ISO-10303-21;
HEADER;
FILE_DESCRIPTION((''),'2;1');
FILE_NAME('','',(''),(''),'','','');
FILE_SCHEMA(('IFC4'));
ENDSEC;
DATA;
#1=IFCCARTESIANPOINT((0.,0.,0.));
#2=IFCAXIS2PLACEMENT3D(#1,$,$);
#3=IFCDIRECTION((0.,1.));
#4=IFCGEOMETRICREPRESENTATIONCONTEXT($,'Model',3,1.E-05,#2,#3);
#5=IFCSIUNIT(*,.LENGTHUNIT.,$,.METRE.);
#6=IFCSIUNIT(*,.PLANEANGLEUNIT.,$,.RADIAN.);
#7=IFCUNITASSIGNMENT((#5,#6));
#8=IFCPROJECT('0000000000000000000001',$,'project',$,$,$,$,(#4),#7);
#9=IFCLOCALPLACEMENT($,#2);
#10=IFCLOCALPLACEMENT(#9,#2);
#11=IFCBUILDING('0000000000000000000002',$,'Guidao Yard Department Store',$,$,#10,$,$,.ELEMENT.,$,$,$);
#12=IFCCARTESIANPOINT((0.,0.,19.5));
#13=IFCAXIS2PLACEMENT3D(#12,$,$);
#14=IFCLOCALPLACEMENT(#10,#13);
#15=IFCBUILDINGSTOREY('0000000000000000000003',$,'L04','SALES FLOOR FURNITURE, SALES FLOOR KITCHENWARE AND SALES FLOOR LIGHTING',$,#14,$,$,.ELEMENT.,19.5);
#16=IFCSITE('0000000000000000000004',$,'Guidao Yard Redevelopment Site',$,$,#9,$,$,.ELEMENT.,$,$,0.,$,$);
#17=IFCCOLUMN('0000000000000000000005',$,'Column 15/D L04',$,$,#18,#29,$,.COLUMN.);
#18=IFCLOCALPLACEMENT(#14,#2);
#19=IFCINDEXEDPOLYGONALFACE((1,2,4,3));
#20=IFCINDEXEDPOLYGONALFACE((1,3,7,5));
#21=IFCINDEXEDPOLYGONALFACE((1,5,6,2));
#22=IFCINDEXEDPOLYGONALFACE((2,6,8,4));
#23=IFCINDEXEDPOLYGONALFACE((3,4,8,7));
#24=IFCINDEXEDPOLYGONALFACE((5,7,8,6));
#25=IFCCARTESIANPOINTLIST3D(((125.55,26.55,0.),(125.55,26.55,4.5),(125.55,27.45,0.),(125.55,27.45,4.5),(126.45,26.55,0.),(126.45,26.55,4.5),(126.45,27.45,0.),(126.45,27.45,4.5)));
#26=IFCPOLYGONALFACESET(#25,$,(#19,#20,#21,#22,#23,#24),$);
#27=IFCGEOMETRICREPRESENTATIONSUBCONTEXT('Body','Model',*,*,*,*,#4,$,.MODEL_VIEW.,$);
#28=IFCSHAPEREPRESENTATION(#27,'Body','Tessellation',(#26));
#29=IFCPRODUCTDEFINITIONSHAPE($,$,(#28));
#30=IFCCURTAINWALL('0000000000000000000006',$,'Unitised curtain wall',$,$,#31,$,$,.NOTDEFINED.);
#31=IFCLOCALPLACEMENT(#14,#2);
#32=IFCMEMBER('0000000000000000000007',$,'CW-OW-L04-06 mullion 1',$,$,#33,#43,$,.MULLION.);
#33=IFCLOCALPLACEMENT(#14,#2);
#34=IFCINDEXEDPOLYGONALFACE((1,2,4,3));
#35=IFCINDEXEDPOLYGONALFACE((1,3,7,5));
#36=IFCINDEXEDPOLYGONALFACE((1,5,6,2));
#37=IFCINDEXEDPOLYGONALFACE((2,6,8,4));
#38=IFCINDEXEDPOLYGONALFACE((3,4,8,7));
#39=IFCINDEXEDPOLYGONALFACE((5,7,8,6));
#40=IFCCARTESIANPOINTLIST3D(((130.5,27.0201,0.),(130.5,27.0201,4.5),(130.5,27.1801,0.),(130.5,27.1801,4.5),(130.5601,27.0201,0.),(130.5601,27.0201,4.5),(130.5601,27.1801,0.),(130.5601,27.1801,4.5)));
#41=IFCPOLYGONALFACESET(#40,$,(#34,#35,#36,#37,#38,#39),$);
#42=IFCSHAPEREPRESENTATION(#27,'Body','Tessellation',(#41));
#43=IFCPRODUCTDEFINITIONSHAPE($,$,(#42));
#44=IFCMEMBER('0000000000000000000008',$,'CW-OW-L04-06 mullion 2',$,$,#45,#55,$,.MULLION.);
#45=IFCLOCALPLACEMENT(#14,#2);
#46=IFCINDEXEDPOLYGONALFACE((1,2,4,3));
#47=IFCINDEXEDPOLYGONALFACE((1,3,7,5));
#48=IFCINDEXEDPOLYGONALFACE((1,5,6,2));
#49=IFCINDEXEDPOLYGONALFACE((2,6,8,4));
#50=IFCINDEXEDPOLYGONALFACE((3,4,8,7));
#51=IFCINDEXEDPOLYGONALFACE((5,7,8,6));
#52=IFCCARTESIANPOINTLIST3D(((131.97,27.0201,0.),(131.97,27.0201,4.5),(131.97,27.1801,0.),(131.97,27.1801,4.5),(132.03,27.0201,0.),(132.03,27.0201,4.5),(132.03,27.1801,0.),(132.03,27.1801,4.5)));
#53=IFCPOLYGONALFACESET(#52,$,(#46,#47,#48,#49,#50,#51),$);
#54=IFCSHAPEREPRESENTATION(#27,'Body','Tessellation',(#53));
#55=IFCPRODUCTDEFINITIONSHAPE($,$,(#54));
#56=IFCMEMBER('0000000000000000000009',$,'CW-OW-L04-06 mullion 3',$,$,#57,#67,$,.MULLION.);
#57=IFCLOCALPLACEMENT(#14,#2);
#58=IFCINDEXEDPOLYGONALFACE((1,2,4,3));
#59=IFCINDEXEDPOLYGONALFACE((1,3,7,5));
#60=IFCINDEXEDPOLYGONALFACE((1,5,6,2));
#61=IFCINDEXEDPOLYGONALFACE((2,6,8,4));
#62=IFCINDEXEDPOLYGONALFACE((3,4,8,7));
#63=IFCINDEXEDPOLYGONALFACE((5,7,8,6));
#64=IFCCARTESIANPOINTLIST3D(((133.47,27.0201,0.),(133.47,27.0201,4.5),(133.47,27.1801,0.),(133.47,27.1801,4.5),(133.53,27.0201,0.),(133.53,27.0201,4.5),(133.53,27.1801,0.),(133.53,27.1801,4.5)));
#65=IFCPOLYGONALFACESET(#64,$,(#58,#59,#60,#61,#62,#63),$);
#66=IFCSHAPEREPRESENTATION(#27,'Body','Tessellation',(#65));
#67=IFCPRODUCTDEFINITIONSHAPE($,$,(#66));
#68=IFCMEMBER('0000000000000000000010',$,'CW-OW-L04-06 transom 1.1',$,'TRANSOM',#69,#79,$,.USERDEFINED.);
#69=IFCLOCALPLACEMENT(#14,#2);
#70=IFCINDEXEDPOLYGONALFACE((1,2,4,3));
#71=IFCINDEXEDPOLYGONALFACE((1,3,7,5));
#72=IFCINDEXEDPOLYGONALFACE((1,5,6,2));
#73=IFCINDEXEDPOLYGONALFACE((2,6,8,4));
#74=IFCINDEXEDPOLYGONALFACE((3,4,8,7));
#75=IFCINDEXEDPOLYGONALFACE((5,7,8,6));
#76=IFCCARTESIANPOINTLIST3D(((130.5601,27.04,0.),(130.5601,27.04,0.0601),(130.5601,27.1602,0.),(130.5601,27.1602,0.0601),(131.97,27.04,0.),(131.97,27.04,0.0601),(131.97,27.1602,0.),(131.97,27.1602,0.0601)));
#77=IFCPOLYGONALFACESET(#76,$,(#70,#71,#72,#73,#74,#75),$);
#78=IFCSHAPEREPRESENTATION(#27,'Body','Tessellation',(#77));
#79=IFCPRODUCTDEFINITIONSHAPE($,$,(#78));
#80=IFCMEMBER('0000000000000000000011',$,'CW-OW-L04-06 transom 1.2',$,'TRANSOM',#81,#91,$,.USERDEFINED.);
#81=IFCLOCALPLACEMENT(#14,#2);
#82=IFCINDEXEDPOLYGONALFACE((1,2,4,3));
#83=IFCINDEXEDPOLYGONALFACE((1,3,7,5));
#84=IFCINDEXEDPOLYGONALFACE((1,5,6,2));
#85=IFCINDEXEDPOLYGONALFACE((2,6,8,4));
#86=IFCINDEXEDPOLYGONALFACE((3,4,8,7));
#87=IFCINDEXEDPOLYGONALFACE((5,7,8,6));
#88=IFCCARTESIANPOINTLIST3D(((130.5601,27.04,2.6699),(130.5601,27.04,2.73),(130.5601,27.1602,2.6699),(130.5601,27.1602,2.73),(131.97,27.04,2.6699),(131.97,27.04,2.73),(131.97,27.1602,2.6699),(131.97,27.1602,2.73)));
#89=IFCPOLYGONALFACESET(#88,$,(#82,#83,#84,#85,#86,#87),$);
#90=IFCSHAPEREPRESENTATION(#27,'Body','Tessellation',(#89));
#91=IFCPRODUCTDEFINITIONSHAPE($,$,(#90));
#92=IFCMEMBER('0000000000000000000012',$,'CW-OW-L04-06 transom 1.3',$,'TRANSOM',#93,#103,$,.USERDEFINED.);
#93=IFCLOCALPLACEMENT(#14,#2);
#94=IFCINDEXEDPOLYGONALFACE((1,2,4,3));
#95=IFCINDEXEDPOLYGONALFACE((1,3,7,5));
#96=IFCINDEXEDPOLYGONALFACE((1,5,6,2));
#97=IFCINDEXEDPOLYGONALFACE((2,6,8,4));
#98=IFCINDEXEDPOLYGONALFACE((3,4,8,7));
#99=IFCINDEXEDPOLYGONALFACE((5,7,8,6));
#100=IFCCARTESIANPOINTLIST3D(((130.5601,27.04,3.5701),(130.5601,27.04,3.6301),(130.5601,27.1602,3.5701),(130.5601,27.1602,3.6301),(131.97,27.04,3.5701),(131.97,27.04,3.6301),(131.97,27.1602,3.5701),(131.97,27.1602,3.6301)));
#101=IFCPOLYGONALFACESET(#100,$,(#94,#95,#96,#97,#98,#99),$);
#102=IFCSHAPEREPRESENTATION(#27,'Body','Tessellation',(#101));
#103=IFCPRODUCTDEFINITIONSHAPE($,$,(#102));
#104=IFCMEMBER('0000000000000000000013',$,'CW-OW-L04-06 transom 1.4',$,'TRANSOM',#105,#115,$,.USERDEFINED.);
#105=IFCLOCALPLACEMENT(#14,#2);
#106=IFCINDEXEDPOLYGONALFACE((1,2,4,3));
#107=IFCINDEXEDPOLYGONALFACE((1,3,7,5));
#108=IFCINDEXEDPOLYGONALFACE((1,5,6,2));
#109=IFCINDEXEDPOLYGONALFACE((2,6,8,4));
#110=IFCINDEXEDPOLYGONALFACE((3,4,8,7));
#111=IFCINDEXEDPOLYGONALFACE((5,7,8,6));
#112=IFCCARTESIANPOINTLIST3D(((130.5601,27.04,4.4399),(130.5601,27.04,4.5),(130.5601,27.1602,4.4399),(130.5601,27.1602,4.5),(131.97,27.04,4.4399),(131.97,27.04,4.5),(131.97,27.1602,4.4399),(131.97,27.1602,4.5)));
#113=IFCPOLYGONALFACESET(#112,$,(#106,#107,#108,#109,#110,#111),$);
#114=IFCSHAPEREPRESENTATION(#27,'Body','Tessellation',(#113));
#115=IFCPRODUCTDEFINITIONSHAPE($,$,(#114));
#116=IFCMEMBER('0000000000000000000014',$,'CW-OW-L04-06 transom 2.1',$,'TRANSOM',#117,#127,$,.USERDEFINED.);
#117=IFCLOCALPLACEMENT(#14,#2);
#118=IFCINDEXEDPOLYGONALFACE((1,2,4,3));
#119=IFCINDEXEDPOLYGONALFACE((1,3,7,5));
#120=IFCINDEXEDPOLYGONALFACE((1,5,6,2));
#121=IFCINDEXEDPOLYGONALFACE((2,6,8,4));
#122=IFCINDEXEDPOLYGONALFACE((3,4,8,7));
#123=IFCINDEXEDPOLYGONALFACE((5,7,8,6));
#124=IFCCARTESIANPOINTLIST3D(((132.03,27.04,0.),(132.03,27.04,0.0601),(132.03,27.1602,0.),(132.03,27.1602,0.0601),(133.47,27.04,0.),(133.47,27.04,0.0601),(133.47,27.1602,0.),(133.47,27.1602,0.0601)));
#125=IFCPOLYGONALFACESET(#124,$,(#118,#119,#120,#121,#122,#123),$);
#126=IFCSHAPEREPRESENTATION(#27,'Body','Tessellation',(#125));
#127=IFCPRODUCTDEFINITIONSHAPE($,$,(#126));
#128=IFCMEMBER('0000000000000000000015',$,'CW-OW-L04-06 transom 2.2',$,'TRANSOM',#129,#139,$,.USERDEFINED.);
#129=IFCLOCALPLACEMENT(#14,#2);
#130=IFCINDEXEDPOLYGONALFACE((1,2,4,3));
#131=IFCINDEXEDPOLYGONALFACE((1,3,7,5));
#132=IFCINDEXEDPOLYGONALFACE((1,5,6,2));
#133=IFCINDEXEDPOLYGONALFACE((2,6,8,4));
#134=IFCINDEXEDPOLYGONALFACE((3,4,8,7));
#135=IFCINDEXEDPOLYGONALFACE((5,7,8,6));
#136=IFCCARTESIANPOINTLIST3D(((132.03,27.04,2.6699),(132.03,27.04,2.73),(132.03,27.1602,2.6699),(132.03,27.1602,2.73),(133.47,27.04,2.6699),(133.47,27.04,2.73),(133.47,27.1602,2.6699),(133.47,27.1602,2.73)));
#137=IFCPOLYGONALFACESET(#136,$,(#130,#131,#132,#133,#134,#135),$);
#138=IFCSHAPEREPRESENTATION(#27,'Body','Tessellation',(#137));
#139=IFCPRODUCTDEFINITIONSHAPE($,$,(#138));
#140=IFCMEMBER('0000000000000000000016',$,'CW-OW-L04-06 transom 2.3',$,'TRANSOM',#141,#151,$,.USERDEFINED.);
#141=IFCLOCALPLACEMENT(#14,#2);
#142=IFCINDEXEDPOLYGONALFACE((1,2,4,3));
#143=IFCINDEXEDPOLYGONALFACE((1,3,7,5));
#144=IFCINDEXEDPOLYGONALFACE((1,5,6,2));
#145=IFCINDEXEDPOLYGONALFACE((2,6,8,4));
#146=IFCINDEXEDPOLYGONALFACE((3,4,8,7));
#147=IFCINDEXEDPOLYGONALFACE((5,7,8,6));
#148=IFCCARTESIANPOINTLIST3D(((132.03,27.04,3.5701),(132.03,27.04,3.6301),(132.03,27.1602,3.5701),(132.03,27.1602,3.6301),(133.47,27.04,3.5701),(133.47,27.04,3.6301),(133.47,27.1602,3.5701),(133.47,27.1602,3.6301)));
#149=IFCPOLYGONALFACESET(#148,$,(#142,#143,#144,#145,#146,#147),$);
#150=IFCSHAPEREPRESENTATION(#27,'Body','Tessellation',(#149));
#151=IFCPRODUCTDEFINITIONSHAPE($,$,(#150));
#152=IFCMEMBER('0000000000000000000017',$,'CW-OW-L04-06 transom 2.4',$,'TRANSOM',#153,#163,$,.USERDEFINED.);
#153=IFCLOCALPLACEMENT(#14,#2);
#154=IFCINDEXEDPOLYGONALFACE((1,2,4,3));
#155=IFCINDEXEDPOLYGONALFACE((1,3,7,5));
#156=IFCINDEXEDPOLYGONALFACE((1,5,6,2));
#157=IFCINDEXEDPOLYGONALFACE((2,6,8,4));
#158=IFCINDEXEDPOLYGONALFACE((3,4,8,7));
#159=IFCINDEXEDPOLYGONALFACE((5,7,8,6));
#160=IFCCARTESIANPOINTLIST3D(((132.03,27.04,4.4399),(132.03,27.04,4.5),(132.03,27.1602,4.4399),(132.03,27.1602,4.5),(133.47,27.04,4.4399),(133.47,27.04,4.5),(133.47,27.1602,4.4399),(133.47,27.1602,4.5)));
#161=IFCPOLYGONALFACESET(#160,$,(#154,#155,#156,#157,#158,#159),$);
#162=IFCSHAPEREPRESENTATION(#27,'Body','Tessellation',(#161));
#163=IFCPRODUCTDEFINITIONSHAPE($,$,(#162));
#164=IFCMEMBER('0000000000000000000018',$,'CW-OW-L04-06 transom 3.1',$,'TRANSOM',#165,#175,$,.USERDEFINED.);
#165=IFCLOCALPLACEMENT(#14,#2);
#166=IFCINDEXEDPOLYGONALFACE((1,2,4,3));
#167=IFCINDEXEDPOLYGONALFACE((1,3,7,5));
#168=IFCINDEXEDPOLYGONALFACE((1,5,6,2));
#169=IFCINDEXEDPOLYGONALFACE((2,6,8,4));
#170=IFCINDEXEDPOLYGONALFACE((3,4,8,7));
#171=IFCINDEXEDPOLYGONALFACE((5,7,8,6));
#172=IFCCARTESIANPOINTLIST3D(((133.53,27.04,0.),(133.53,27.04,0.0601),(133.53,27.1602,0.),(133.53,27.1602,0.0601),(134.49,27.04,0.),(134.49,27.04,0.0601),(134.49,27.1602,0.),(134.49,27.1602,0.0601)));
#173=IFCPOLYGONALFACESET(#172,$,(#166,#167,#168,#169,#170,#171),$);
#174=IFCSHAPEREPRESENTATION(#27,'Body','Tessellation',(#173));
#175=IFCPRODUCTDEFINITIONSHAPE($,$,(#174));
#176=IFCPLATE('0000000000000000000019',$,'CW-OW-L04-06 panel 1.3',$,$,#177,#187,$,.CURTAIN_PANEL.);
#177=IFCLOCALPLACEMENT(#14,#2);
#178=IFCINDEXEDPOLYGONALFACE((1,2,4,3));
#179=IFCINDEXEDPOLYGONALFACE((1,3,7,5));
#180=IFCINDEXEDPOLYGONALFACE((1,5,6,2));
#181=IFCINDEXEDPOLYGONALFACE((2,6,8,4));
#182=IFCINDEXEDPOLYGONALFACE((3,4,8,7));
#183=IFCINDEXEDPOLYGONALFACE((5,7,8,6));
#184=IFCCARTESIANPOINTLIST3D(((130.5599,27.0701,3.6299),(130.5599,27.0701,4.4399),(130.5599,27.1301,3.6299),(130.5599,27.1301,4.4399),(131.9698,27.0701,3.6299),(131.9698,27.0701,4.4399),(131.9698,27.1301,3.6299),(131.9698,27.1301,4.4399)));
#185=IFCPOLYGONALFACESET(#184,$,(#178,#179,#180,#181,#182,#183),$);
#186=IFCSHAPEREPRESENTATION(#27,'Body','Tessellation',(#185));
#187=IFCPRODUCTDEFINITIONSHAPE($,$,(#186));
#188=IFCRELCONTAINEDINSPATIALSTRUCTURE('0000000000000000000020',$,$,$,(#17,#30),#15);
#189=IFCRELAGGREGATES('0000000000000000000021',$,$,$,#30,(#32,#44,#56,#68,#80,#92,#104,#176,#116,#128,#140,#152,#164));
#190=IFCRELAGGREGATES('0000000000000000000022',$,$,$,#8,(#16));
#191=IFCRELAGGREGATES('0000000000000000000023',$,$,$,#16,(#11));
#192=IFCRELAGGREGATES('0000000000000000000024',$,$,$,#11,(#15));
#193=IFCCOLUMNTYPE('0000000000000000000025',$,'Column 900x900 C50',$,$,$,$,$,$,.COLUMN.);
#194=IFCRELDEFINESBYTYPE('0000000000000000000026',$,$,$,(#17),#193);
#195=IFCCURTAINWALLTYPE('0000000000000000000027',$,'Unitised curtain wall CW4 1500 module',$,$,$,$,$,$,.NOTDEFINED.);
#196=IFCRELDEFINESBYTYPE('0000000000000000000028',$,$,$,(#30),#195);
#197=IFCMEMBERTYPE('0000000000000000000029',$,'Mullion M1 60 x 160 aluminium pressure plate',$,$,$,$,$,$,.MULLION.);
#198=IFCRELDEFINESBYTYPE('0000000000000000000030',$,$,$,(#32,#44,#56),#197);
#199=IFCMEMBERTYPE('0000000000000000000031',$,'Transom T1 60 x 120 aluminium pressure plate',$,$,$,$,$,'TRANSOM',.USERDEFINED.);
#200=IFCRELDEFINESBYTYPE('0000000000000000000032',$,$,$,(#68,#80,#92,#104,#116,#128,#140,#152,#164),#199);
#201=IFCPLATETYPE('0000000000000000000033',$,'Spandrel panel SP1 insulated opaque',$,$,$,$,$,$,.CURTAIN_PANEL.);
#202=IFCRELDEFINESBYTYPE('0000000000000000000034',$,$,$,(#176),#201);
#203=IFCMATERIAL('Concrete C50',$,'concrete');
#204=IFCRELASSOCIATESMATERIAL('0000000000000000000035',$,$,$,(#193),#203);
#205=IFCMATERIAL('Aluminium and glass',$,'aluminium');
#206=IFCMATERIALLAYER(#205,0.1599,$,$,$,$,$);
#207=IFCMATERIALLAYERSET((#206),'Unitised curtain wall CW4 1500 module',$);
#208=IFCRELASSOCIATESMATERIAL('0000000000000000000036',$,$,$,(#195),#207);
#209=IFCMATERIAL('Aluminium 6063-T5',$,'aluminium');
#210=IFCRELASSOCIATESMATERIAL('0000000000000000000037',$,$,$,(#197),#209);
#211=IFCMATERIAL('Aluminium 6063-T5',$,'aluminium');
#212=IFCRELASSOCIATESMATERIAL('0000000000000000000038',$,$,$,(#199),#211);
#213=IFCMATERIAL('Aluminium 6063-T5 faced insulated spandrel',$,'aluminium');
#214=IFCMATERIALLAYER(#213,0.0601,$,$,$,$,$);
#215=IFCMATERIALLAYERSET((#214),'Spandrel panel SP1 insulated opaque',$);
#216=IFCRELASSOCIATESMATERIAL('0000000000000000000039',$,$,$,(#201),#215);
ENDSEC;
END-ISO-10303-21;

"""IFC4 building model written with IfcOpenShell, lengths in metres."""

from ifc_helpers import new_model, si_unit, direction, frame, origin, origin_2d, place, context, subcontext, project, spatial, rectangle, extrude, material, layer, layer_set, material_profile, profile_set, type_object, element, aggregate, save


model = new_model("IFC4")

# Units and contexts
model_context = context("Model", 3, precision=1e-05, world=origin(), true_north=direction((0.0, 1.0)))
body_context = subcontext(model_context, "Body", "Model", "MODEL_VIEW")
ifc_project = project(units=[si_unit("LENGTHUNIT", "METRE"), si_unit("PLANEANGLEUNIT", "RADIAN")], contexts=[model_context])

# Site, building, storey
site_placement = place(None, origin())
site = spatial("IfcSite", under=ifc_project, at=site_placement, Name="Guidao Yard Redevelopment Site", CompositionType="ELEMENT", RefElevation=0.0)
building_placement = place(site_placement, origin())
building = spatial("IfcBuilding", under=site, at=building_placement, Name="Guidao Yard Department Store", CompositionType="ELEMENT")
storey_placement = place(building_placement, frame((0.0, 0.0, 19.5)))
storey = spatial("IfcBuildingStorey", under=building, at=storey_placement, Name="L04", Description="SALES FLOOR FURNITURE, SALES FLOOR KITCHENWARE AND SALES FLOOR LIGHTING", CompositionType="ELEMENT", Elevation=19.5)

# Column
ifc_material_1 = material(Name="Concrete C50", Category="concrete")
ifc_material_profile_1 = material_profile(ifc_material_1, rectangle(XDim=0.8999, YDim=0.8999, at=origin_2d()), Name="COL 900x900")
ifc_profile_set_1 = profile_set([ifc_material_profile_1], Name="Concrete C50")
column_type = type_object("IfcColumnType", Name="Column 900x900 C50", PredefinedType="COLUMN", material=ifc_profile_set_1)
column_placement = place(storey_placement, frame((126.0, 27.0, 0.0), z_axis=(0.0, 0.0, 1.0), x_axis=(1.0, 0.0, 0.0)))
element("IfcColumn", 1, at=column_placement, inside=storey, type_object=column_type, Name="Column 15/D L04", PredefinedType="COLUMN", context=body_context, shape_type="SweptSolid", body=[
    extrude(rectangle(XDim=0.8999, YDim=0.8999, at=origin_2d()), origin(), (0.0, 0.0, 1.0), 4.5),
])

# Curtain wall, members, plate
ifc_material_2 = material(Name="Aluminium and glass", Category="aluminium")
ifc_layer_1 = layer(ifc_material_2, 0.1599)
ifc_layer_set_1 = layer_set([ifc_layer_1], Name="Unitised curtain wall CW4 1500 module")
curtain_wall_type = type_object("IfcCurtainWallType", Name="Unitised curtain wall CW4 1500 module", PredefinedType="NOTDEFINED", material=ifc_layer_set_1)
curtain_wall_placement = place(storey_placement, origin())
curtain_wall = element("IfcCurtainWall", 2, at=curtain_wall_placement, inside=storey, type_object=curtain_wall_type, Name="Unitised curtain wall", PredefinedType="NOTDEFINED")
ifc_material_3 = material(Name="Aluminium 6063-T5", Category="aluminium")
ifc_material_profile_2 = material_profile(ifc_material_3, rectangle(XDim=0.0601, YDim=0.1599, at=origin_2d()), Name="Mullion M1 60 x 160 aluminium pressure plate")
ifc_profile_set_2 = profile_set([ifc_material_profile_2], Name="Aluminium 6063-T5")
member_type_1 = type_object("IfcMemberType", Name="Mullion M1 60 x 160 aluminium pressure plate", PredefinedType="MULLION", material=ifc_profile_set_2)
member_1_placement = place(storey_placement, frame((130.53, 27.1001, 0.0), z_axis=(0.0, 0.0, 1.0), x_axis=(1.0, 0.0, 0.0)))
member_1 = element("IfcMember", 3, at=member_1_placement, type_object=member_type_1, Name="CW-OW-L04-06 mullion 1", PredefinedType="MULLION", context=body_context, shape_type="SweptSolid", body=[
    extrude(rectangle(XDim=0.0601, YDim=0.1599, at=origin_2d()), origin(), (0.0, 0.0, 1.0), 4.5),
])
member_2_placement = place(storey_placement, frame((132.0, 27.1001, 0.0), z_axis=(0.0, 0.0, 1.0), x_axis=(1.0, 0.0, 0.0)))
member_2 = element("IfcMember", 4, at=member_2_placement, type_object=member_type_1, Name="CW-OW-L04-06 mullion 2", PredefinedType="MULLION", context=body_context, shape_type="SweptSolid", body=[
    extrude(rectangle(XDim=0.0601, YDim=0.1599, at=origin_2d()), origin(), (0.0, 0.0, 1.0), 4.5),
])
member_3_placement = place(storey_placement, frame((133.5, 27.1001, 0.0), z_axis=(0.0, 0.0, 1.0), x_axis=(1.0, 0.0, 0.0)))
member_3 = element("IfcMember", 5, at=member_3_placement, type_object=member_type_1, Name="CW-OW-L04-06 mullion 3", PredefinedType="MULLION", context=body_context, shape_type="SweptSolid", body=[
    extrude(rectangle(XDim=0.0601, YDim=0.1599, at=origin_2d()), origin(), (0.0, 0.0, 1.0), 4.5),
])
ifc_material_4 = material(Name="Aluminium 6063-T5", Category="aluminium")
ifc_material_profile_3 = material_profile(ifc_material_4, rectangle(XDim=0.1201, YDim=0.0601, at=origin_2d()), Name="Transom T1 60 x 120 aluminium pressure plate")
ifc_profile_set_3 = profile_set([ifc_material_profile_3], Name="Aluminium 6063-T5")
member_type_2 = type_object("IfcMemberType", Name="Transom T1 60 x 120 aluminium pressure plate", ElementType="TRANSOM", PredefinedType="USERDEFINED", material=ifc_profile_set_3)
member_4_placement = place(storey_placement, frame((130.5601, 27.1001, 0.03), z_axis=(1.0, 0.0, 0.0), x_axis=(0.0, 1.0, 0.0)))
member_4 = element("IfcMember", 6, at=member_4_placement, type_object=member_type_2, Name="CW-OW-L04-06 transom 1.1", ObjectType="TRANSOM", PredefinedType="USERDEFINED", context=body_context, shape_type="SweptSolid", body=[
    extrude(rectangle(XDim=0.1201, YDim=0.0601, at=origin_2d()), origin(), (0.0, 0.0, 1.0), 1.4099),
])
member_5_placement = place(storey_placement, frame((130.5601, 27.1001, 2.7), z_axis=(1.0, 0.0, 0.0), x_axis=(0.0, 1.0, 0.0)))
member_5 = element("IfcMember", 7, at=member_5_placement, type_object=member_type_2, Name="CW-OW-L04-06 transom 1.2", ObjectType="TRANSOM", PredefinedType="USERDEFINED", context=body_context, shape_type="SweptSolid", body=[
    extrude(rectangle(XDim=0.1201, YDim=0.0601, at=origin_2d()), origin(), (0.0, 0.0, 1.0), 1.4099),
])
member_6_placement = place(storey_placement, frame((130.5601, 27.1001, 3.6001), z_axis=(1.0, 0.0, 0.0), x_axis=(0.0, 1.0, 0.0)))
member_6 = element("IfcMember", 8, at=member_6_placement, type_object=member_type_2, Name="CW-OW-L04-06 transom 1.3", ObjectType="TRANSOM", PredefinedType="USERDEFINED", context=body_context, shape_type="SweptSolid", body=[
    extrude(rectangle(XDim=0.1201, YDim=0.0601, at=origin_2d()), origin(), (0.0, 0.0, 1.0), 1.4099),
])
member_7_placement = place(storey_placement, frame((130.5601, 27.1001, 4.47), z_axis=(1.0, 0.0, 0.0), x_axis=(0.0, 1.0, 0.0)))
member_7 = element("IfcMember", 9, at=member_7_placement, type_object=member_type_2, Name="CW-OW-L04-06 transom 1.4", ObjectType="TRANSOM", PredefinedType="USERDEFINED", context=body_context, shape_type="SweptSolid", body=[
    extrude(rectangle(XDim=0.1201, YDim=0.0601, at=origin_2d()), origin(), (0.0, 0.0, 1.0), 1.4099),
])
member_8_placement = place(storey_placement, frame((132.03, 27.1001, 0.03), z_axis=(1.0, 0.0, 0.0), x_axis=(0.0, 1.0, 0.0)))
member_8 = element("IfcMember", 10, at=member_8_placement, type_object=member_type_2, Name="CW-OW-L04-06 transom 2.1", ObjectType="TRANSOM", PredefinedType="USERDEFINED", context=body_context, shape_type="SweptSolid", body=[
    extrude(rectangle(XDim=0.1201, YDim=0.0601, at=origin_2d()), origin(), (0.0, 0.0, 1.0), 1.4399),
])
member_9_placement = place(storey_placement, frame((132.03, 27.1001, 2.7), z_axis=(1.0, 0.0, 0.0), x_axis=(0.0, 1.0, 0.0)))
member_9 = element("IfcMember", 11, at=member_9_placement, type_object=member_type_2, Name="CW-OW-L04-06 transom 2.2", ObjectType="TRANSOM", PredefinedType="USERDEFINED", context=body_context, shape_type="SweptSolid", body=[
    extrude(rectangle(XDim=0.1201, YDim=0.0601, at=origin_2d()), origin(), (0.0, 0.0, 1.0), 1.4399),
])
member_10_placement = place(storey_placement, frame((132.03, 27.1001, 3.6001), z_axis=(1.0, 0.0, 0.0), x_axis=(0.0, 1.0, 0.0)))
member_10 = element("IfcMember", 12, at=member_10_placement, type_object=member_type_2, Name="CW-OW-L04-06 transom 2.3", ObjectType="TRANSOM", PredefinedType="USERDEFINED", context=body_context, shape_type="SweptSolid", body=[
    extrude(rectangle(XDim=0.1201, YDim=0.0601, at=origin_2d()), origin(), (0.0, 0.0, 1.0), 1.4399),
])
member_11_placement = place(storey_placement, frame((132.03, 27.1001, 4.47), z_axis=(1.0, 0.0, 0.0), x_axis=(0.0, 1.0, 0.0)))
member_11 = element("IfcMember", 13, at=member_11_placement, type_object=member_type_2, Name="CW-OW-L04-06 transom 2.4", ObjectType="TRANSOM", PredefinedType="USERDEFINED", context=body_context, shape_type="SweptSolid", body=[
    extrude(rectangle(XDim=0.1201, YDim=0.0601, at=origin_2d()), origin(), (0.0, 0.0, 1.0), 1.4399),
])
member_12_placement = place(storey_placement, frame((133.53, 27.1001, 0.03), z_axis=(1.0, 0.0, 0.0), x_axis=(0.0, 1.0, 0.0)))
member_12 = element("IfcMember", 14, at=member_12_placement, type_object=member_type_2, Name="CW-OW-L04-06 transom 3.1", ObjectType="TRANSOM", PredefinedType="USERDEFINED", context=body_context, shape_type="SweptSolid", body=[
    extrude(rectangle(XDim=0.1201, YDim=0.0601, at=origin_2d()), origin(), (0.0, 0.0, 1.0), 0.96),
])
ifc_material_5 = material(Name="Aluminium 6063-T5 faced insulated spandrel", Category="aluminium")
ifc_layer_2 = layer(ifc_material_5, 0.0601)
ifc_layer_set_2 = layer_set([ifc_layer_2], Name="Spandrel panel SP1 insulated opaque")
plate_type_1 = type_object("IfcPlateType", Name="Spandrel panel SP1 insulated opaque", PredefinedType="CURTAIN_PANEL", material=ifc_layer_set_2)
plate_1_placement = place(storey_placement, frame((131.2649, 27.1001, 3.6299), z_axis=(0.0, 0.0, 1.0), x_axis=(1.0, 0.0, 0.0)))
plate_1 = element("IfcPlate", 15, at=plate_1_placement, type_object=plate_type_1, Name="CW-OW-L04-06 panel 1.3", PredefinedType="CURTAIN_PANEL", context=body_context, shape_type="SweptSolid", body=[
    extrude(rectangle(XDim=1.4099, YDim=0.0601, at=origin_2d()), origin(), (0.0, 0.0, 1.0), 0.8101),
])
aggregate(curtain_wall, [member_1, member_2, member_3, member_4, member_5, member_6, member_7, plate_1, member_8, member_9, member_10, member_11, member_12])

save(model, "model.ifc")
